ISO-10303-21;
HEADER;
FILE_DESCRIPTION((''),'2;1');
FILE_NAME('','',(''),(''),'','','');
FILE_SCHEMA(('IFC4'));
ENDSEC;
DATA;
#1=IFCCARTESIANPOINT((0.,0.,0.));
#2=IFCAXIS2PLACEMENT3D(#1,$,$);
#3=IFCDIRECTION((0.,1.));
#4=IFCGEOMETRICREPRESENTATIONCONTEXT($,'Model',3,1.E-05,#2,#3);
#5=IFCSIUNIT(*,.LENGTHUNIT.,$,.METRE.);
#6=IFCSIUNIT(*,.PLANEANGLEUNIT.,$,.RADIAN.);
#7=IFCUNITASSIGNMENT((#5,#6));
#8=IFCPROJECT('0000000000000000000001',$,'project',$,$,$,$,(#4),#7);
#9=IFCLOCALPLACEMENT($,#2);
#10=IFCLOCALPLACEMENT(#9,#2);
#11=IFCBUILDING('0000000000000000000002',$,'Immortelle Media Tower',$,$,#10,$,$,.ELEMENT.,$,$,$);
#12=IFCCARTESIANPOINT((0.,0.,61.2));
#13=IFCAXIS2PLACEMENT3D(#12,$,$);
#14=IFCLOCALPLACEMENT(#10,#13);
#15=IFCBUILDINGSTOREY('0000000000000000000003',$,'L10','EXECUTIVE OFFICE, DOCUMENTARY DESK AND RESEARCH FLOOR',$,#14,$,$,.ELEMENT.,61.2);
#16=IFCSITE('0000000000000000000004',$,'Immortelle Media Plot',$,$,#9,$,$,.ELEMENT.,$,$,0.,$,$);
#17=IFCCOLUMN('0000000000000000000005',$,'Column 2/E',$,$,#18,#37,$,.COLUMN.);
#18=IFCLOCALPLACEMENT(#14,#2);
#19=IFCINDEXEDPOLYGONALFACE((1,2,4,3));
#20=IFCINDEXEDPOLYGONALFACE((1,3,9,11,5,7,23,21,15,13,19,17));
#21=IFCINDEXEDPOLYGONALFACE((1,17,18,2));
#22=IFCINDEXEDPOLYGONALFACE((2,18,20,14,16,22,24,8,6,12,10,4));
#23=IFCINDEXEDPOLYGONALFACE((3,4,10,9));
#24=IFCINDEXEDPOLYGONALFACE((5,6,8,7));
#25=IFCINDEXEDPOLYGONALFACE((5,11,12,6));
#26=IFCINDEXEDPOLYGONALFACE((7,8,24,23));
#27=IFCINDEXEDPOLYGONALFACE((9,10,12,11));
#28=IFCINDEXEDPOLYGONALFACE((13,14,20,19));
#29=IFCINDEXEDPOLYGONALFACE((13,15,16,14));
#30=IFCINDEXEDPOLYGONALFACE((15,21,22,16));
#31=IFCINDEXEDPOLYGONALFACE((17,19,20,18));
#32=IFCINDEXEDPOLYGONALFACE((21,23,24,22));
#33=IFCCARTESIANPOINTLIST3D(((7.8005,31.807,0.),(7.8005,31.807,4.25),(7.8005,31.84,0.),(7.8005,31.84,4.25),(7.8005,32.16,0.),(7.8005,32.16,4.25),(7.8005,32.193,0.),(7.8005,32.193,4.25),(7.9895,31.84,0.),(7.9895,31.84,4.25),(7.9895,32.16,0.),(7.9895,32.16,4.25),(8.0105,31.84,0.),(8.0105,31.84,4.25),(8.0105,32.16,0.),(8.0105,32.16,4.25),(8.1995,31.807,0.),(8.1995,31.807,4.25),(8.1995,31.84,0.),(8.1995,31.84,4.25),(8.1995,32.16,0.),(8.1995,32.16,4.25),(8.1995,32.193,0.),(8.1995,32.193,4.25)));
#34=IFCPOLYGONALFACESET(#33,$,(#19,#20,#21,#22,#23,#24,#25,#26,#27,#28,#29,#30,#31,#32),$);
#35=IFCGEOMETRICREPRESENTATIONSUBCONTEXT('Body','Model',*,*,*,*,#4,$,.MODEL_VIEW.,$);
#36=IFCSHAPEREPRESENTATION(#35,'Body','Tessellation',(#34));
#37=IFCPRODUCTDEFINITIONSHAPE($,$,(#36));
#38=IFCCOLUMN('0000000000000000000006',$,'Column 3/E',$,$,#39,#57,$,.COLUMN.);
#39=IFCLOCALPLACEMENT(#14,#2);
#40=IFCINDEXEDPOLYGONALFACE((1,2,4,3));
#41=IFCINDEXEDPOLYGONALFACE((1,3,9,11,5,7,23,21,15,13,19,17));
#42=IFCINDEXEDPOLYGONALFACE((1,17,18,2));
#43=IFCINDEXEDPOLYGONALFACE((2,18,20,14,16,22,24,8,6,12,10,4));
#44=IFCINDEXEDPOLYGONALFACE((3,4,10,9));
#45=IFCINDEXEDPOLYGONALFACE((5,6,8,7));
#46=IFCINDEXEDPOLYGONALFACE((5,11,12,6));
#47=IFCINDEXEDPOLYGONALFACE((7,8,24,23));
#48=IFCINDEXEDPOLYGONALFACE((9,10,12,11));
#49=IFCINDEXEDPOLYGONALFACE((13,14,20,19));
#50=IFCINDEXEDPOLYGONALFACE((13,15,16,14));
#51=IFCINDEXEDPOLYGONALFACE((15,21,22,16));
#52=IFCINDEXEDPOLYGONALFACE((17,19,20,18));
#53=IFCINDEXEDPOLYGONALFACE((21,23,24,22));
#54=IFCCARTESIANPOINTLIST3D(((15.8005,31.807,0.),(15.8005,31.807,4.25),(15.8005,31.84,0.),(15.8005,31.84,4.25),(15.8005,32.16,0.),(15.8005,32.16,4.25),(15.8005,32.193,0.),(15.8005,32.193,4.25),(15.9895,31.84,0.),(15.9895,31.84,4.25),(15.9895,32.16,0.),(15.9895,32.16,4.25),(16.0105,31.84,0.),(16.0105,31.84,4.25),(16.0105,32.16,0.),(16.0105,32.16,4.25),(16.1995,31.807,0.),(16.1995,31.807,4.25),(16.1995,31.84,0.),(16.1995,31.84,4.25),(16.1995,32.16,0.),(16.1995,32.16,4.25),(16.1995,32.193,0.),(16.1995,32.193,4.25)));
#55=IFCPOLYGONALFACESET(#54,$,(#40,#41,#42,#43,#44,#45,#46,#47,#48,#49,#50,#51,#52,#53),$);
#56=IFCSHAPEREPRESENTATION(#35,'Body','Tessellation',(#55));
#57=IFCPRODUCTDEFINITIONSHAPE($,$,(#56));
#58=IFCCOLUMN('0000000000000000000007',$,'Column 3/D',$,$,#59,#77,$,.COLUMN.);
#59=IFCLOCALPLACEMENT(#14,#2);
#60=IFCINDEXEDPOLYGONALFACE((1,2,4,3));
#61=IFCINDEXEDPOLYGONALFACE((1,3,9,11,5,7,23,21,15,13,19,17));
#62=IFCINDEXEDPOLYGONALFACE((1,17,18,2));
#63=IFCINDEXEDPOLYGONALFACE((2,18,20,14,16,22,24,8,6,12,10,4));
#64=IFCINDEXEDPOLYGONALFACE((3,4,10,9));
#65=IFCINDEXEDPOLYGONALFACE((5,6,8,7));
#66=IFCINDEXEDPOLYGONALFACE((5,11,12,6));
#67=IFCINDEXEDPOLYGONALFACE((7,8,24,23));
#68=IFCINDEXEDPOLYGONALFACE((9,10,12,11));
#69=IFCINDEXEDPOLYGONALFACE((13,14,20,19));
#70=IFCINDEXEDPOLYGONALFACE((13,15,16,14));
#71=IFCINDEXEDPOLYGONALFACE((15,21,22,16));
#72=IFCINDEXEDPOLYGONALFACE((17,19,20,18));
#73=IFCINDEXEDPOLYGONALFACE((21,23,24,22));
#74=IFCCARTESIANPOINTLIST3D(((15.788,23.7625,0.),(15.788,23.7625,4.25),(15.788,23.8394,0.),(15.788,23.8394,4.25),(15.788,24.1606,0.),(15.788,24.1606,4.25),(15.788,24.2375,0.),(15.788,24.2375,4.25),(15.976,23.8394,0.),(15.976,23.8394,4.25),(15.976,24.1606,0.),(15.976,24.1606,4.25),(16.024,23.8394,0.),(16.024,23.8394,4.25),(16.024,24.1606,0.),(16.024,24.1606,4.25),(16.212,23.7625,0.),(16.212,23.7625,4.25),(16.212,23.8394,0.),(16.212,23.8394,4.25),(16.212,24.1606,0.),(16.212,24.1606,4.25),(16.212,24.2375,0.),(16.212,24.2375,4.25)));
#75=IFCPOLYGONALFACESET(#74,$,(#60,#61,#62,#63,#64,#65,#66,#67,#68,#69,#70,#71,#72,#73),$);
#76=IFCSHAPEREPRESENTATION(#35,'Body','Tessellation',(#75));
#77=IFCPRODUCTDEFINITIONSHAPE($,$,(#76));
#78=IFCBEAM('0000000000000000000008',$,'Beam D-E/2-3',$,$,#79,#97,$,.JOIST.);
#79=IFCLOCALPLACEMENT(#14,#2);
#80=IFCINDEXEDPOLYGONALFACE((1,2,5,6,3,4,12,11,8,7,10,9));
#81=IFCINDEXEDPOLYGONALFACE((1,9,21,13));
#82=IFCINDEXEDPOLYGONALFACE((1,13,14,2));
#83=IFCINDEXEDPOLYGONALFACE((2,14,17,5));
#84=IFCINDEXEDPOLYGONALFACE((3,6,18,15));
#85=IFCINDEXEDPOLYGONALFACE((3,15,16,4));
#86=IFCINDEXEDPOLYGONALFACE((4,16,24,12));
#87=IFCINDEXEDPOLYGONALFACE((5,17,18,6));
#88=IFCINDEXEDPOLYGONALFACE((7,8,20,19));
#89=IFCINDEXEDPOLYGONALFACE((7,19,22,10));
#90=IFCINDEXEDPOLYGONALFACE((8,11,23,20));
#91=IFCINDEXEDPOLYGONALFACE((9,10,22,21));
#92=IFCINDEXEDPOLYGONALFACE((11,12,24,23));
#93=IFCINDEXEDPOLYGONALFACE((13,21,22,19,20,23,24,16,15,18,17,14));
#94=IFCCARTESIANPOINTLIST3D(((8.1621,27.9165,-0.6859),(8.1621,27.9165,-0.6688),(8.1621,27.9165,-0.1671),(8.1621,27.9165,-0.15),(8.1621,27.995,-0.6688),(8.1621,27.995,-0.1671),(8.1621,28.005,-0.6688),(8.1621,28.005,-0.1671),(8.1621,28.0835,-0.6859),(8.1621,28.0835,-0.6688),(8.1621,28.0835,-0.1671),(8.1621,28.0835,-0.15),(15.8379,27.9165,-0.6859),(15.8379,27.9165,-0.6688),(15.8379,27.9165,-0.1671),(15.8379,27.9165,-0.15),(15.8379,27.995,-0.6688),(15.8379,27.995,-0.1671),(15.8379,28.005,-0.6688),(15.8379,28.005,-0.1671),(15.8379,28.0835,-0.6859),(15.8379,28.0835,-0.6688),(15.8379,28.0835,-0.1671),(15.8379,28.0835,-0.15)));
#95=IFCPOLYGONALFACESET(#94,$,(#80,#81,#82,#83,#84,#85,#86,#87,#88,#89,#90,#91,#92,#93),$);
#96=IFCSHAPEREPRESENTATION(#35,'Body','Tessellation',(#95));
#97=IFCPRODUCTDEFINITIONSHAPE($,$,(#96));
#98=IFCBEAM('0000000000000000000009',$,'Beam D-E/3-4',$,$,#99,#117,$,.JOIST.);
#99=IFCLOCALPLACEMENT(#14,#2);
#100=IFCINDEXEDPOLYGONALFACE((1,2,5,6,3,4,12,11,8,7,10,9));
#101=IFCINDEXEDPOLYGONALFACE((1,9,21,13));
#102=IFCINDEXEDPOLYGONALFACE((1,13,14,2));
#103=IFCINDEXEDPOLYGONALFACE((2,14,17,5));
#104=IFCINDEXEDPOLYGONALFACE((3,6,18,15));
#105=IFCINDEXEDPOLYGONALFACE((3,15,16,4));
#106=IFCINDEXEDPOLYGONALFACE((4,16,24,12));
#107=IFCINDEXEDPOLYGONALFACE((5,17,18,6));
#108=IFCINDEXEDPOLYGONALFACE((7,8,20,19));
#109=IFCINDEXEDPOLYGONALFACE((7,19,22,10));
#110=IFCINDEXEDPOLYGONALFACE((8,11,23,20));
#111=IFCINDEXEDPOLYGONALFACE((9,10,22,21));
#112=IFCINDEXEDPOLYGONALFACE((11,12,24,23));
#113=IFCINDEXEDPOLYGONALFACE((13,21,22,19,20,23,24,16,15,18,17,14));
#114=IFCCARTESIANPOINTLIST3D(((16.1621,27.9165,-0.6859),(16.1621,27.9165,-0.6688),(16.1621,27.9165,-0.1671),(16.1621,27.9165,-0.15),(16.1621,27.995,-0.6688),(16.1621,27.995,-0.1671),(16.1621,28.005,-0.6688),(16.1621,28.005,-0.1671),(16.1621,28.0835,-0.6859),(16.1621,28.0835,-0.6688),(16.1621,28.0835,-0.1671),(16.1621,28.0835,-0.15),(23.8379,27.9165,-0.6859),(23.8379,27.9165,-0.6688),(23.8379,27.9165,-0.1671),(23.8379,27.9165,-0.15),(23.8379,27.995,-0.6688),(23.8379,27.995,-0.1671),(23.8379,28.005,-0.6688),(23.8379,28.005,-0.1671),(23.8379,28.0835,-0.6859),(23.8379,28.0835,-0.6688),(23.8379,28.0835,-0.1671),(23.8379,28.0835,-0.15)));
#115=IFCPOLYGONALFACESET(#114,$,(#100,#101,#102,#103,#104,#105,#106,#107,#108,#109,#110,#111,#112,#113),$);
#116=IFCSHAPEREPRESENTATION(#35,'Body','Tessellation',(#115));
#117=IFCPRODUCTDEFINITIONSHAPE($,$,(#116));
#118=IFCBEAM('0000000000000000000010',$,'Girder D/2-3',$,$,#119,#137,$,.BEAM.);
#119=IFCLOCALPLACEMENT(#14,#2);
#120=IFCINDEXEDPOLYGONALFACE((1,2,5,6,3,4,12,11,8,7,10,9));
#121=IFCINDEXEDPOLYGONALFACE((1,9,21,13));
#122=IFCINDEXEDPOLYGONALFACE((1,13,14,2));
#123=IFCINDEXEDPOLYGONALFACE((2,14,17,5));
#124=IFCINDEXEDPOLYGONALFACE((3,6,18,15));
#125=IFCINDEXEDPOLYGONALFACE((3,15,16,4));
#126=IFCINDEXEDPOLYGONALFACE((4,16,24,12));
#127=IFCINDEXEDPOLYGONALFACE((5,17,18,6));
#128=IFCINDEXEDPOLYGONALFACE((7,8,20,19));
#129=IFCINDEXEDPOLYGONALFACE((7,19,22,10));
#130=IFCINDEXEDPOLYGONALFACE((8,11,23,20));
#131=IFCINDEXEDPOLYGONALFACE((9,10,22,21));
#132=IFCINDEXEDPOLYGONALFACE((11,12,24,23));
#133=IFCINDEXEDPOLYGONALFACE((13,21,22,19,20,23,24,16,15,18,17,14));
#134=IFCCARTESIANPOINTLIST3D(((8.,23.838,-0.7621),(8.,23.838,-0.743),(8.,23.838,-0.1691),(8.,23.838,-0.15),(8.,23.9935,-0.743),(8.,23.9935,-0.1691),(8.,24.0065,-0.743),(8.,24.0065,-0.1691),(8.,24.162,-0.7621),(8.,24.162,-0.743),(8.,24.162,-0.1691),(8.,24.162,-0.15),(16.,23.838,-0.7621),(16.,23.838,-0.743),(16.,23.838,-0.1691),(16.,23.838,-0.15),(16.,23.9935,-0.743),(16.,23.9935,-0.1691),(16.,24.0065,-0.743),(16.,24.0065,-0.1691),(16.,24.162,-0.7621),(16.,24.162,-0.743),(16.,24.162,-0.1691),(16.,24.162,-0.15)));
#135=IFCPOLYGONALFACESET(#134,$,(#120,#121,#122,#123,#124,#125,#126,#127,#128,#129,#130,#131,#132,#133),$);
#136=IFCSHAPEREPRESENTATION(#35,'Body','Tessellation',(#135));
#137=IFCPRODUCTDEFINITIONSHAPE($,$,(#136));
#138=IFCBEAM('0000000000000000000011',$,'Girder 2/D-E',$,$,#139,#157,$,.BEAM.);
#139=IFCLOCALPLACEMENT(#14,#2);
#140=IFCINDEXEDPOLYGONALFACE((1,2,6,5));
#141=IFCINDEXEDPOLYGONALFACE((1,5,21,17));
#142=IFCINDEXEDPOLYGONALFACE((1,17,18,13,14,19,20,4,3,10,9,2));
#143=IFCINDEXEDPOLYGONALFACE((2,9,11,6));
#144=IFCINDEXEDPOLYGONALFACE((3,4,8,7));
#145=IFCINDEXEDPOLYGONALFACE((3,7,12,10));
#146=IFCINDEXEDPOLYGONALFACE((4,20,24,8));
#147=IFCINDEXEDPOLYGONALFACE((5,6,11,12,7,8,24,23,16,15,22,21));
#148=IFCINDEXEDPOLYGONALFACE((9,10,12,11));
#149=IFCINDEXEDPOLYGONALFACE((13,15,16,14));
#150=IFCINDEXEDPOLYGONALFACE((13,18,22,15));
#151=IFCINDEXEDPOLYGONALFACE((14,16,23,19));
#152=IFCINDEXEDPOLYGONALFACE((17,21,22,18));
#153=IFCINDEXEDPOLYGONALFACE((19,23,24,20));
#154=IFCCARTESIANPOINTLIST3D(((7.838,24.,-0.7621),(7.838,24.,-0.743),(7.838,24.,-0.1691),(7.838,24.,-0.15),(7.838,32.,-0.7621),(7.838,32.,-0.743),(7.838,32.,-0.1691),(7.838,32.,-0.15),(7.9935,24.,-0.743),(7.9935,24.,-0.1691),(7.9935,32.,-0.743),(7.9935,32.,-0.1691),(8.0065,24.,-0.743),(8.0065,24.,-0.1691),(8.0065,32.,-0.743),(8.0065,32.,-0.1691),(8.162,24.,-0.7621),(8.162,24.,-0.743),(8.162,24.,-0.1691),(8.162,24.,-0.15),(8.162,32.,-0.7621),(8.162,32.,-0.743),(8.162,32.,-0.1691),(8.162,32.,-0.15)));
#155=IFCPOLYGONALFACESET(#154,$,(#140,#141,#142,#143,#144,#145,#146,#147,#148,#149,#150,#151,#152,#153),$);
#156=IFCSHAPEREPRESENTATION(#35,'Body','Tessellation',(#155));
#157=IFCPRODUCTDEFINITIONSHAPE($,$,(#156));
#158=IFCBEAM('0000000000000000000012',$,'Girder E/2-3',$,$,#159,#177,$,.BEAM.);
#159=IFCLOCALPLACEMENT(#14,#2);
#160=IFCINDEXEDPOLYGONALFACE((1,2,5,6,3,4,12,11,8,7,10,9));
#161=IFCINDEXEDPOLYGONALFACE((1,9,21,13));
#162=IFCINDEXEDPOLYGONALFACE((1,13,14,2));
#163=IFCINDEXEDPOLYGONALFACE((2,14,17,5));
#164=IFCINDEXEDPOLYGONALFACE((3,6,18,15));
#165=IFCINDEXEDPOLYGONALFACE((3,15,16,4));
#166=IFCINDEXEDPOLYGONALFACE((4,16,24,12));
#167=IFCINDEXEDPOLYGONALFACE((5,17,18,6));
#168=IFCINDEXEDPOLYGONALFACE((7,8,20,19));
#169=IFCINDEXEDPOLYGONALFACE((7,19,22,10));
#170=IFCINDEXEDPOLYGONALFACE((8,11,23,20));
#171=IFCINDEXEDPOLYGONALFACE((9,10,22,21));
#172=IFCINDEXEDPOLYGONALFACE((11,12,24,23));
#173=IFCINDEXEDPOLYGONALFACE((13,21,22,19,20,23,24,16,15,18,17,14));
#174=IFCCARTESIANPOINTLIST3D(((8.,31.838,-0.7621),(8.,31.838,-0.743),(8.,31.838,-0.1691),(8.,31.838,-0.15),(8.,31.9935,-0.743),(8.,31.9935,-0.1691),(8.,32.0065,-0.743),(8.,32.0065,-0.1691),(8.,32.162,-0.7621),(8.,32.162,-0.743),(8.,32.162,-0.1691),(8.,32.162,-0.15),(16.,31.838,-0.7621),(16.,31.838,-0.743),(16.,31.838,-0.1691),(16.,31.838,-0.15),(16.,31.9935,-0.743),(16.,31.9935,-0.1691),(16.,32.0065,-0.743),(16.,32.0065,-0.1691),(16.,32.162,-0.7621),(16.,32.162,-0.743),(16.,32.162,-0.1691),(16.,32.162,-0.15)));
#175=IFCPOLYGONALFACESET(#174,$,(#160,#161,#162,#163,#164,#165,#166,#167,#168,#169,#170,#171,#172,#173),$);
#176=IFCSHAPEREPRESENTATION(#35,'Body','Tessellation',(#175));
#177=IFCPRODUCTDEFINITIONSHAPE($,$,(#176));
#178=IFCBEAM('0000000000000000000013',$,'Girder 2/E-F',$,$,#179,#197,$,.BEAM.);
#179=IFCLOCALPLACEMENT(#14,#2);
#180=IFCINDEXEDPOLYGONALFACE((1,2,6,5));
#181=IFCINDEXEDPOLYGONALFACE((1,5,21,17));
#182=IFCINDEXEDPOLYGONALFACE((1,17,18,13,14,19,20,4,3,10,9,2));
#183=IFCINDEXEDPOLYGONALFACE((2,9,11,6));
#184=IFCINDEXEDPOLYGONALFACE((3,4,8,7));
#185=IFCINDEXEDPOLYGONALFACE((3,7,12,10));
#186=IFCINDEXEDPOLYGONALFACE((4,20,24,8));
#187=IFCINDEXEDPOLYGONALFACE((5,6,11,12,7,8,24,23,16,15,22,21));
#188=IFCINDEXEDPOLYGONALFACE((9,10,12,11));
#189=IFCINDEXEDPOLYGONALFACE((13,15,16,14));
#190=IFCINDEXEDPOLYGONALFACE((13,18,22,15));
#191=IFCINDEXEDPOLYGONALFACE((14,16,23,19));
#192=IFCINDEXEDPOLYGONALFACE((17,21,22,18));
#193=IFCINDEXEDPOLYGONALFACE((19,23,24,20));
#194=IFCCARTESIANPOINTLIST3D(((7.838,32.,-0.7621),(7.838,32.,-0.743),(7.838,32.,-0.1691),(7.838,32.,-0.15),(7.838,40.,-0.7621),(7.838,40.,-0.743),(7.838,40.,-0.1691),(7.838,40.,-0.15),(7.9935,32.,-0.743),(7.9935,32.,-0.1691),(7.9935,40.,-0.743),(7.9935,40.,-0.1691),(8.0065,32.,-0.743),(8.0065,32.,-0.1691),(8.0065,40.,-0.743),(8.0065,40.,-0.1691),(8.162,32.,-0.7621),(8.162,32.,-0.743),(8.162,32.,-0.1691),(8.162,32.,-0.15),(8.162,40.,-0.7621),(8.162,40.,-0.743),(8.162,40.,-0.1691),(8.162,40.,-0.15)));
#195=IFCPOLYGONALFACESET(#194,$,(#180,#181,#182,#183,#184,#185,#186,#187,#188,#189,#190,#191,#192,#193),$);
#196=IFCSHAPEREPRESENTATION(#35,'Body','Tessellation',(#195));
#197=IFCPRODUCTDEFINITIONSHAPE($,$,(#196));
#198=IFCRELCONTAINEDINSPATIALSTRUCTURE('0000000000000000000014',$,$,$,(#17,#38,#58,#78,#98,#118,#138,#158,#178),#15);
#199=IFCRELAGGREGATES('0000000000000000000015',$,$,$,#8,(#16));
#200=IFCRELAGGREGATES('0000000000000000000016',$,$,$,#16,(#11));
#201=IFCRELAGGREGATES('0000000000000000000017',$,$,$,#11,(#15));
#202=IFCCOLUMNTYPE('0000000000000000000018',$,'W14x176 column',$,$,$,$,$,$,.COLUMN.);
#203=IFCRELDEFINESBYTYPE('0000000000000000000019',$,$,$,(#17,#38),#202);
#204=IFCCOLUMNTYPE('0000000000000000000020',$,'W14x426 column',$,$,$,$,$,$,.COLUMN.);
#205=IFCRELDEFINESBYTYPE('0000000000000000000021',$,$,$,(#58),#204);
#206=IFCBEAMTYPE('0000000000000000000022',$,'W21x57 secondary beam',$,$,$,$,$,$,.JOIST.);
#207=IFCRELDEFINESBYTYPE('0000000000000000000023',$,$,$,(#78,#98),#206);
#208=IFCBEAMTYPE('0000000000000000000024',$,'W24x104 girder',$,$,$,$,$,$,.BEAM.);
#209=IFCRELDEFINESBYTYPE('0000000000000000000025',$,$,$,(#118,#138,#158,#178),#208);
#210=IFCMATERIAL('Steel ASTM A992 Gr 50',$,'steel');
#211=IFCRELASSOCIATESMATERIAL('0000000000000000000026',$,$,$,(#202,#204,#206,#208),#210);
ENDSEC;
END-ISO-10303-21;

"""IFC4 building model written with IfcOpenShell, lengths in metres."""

from ifc_helpers import new_model, si_unit, direction, frame, origin, origin_2d, place, context, subcontext, project, spatial, i_section, extrude, material, material_profile, profile_set, type_object, element, save


model = new_model("IFC4")

# Units and contexts
model_context = context("Model", 3, precision=1e-05, world=origin(), true_north=direction((0.0, 1.0)))
body_context = subcontext(model_context, "Body", "Model", "MODEL_VIEW")
ifc_project = project(units=[si_unit("LENGTHUNIT", "METRE"), si_unit("PLANEANGLEUNIT", "RADIAN")], contexts=[model_context])

# Site, building, storey
site_placement = place(None, origin())
site = spatial("IfcSite", under=ifc_project, at=site_placement, Name="Immortelle Media Plot", CompositionType="ELEMENT", RefElevation=0.0)
building_placement = place(site_placement, origin())
building = spatial("IfcBuilding", under=site, at=building_placement, Name="Immortelle Media Tower", CompositionType="ELEMENT")
storey_placement = place(building_placement, frame((0.0, 0.0, 61.2)))
storey = spatial("IfcBuildingStorey", under=building, at=storey_placement, Name="L10", Description="EXECUTIVE OFFICE, DOCUMENTARY DESK AND RESEARCH FLOOR", CompositionType="ELEMENT", Elevation=61.2)

# Columns
ifc_material_1 = material(Name="Steel ASTM A992 Gr 50", Category="steel")
ifc_material_profile_1 = material_profile(ifc_material_1, i_section(OverallWidth=0.3989, OverallDepth=0.386, WebThickness=0.021, FlangeThickness=0.033, at=origin_2d()), Name="W14x176")
ifc_profile_set_1 = profile_set([ifc_material_profile_1], Name="Steel ASTM A992 Gr 50")
column_type_1 = type_object("IfcColumnType", Name="W14x176 column", PredefinedType="COLUMN", material=ifc_profile_set_1)
for number, where, z_axis, x_axis, name in (
    (1, (8.0, 32.0, 0.0), (0.0, 0.0, 1.0), (1.0, 0.0, 0.0), "Column 2/E"),
    (2, (16.0, 32.0, 0.0), (0.0, 0.0, 1.0), (1.0, 0.0, 0.0), "Column 3/E"),
):
    element("IfcColumn", number, at=place(storey_placement, frame(where, z_axis=z_axis, x_axis=x_axis)), inside=storey, type_object=column_type_1, Name=name, PredefinedType="COLUMN", context=body_context, shape_type="SweptSolid", body=[
        extrude(i_section(OverallWidth=0.3989, OverallDepth=0.386, WebThickness=0.021, FlangeThickness=0.033, at=origin_2d()), origin(), (0.0, 0.0, 1.0), 4.25),
    ])
ifc_material_profile_2 = material_profile(ifc_material_1, i_section(OverallWidth=0.4241, OverallDepth=0.4751, WebThickness=0.0481, FlangeThickness=0.0769, at=origin_2d()), Name="W14x426")
ifc_profile_set_2 = profile_set([ifc_material_profile_2], Name="Steel ASTM A992 Gr 50")
column_type_2 = type_object("IfcColumnType", Name="W14x426 column", PredefinedType="COLUMN", material=ifc_profile_set_2)
column_placement = place(storey_placement, frame((16.0, 24.0, 0.0), z_axis=(0.0, 0.0, 1.0), x_axis=(1.0, 0.0, 0.0)))
element("IfcColumn", 3, at=column_placement, inside=storey, type_object=column_type_2, Name="Column 3/D", PredefinedType="COLUMN", context=body_context, shape_type="SweptSolid", body=[
    extrude(i_section(OverallWidth=0.4241, OverallDepth=0.4751, WebThickness=0.0481, FlangeThickness=0.0769, at=origin_2d()), origin(), (0.0, 0.0, 1.0), 4.25),
])

# Beams
ifc_material_profile_3 = material_profile(ifc_material_1, i_section(OverallWidth=0.167, OverallDepth=0.5359, WebThickness=0.01, FlangeThickness=0.0171, at=origin_2d()), Name="W21x57")
ifc_profile_set_3 = profile_set([ifc_material_profile_3], Name="Steel ASTM A992 Gr 50")
beam_type_1 = type_object("IfcBeamType", Name="W21x57 secondary beam", PredefinedType="JOIST", material=ifc_profile_set_3)
for number, where, z_axis, x_axis, name in (
    (4, (8.1621, 28.0, -0.418), (1.0, 0.0, 0.0), (0.0, 1.0, 0.0), "Beam D-E/2-3"),
    (5, (16.1621, 28.0, -0.418), (1.0, 0.0, 0.0), (0.0, 1.0, 0.0), "Beam D-E/3-4"),
):
    element("IfcBeam", number, at=place(storey_placement, frame(where, z_axis=z_axis, x_axis=x_axis)), inside=storey, type_object=beam_type_1, Name=name, PredefinedType="JOIST", context=body_context, shape_type="SweptSolid", body=[
        extrude(i_section(OverallWidth=0.167, OverallDepth=0.5359, WebThickness=0.01, FlangeThickness=0.0171, at=origin_2d()), origin(), (0.0, 0.0, 1.0), 7.6758),
    ])
ifc_material_profile_4 = material_profile(ifc_material_1, i_section(OverallWidth=0.324, OverallDepth=0.6121, WebThickness=0.0129, FlangeThickness=0.019, at=origin_2d()), Name="W24x104")
ifc_profile_set_4 = profile_set([ifc_material_profile_4], Name="Steel ASTM A992 Gr 50")
beam_type_2 = type_object("IfcBeamType", Name="W24x104 girder", PredefinedType="BEAM", material=ifc_profile_set_4)
for number, where, z_axis, x_axis, name in (
    (6, (8.0, 24.0, -0.4561), (1.0, 0.0, 0.0), (0.0, 1.0, 0.0), "Girder D/2-3"),
    (7, (8.0, 24.0, -0.4561), (0.0, 1.0, 0.0), (-1.0, 0.0, 0.0), "Girder 2/D-E"),
    (8, (8.0, 32.0, -0.4561), (1.0, 0.0, 0.0), (0.0, 1.0, 0.0), "Girder E/2-3"),
    (9, (8.0, 32.0, -0.4561), (0.0, 1.0, 0.0), (-1.0, 0.0, 0.0), "Girder 2/E-F"),
):
    element("IfcBeam", number, at=place(storey_placement, frame(where, z_axis=z_axis, x_axis=x_axis)), inside=storey, type_object=beam_type_2, Name=name, PredefinedType="BEAM", context=body_context, shape_type="SweptSolid", body=[
        extrude(i_section(OverallWidth=0.324, OverallDepth=0.6121, WebThickness=0.0129, FlangeThickness=0.019, at=origin_2d()), origin(), (0.0, 0.0, 1.0), 8.0),
    ])

save(model, "model.ifc")
